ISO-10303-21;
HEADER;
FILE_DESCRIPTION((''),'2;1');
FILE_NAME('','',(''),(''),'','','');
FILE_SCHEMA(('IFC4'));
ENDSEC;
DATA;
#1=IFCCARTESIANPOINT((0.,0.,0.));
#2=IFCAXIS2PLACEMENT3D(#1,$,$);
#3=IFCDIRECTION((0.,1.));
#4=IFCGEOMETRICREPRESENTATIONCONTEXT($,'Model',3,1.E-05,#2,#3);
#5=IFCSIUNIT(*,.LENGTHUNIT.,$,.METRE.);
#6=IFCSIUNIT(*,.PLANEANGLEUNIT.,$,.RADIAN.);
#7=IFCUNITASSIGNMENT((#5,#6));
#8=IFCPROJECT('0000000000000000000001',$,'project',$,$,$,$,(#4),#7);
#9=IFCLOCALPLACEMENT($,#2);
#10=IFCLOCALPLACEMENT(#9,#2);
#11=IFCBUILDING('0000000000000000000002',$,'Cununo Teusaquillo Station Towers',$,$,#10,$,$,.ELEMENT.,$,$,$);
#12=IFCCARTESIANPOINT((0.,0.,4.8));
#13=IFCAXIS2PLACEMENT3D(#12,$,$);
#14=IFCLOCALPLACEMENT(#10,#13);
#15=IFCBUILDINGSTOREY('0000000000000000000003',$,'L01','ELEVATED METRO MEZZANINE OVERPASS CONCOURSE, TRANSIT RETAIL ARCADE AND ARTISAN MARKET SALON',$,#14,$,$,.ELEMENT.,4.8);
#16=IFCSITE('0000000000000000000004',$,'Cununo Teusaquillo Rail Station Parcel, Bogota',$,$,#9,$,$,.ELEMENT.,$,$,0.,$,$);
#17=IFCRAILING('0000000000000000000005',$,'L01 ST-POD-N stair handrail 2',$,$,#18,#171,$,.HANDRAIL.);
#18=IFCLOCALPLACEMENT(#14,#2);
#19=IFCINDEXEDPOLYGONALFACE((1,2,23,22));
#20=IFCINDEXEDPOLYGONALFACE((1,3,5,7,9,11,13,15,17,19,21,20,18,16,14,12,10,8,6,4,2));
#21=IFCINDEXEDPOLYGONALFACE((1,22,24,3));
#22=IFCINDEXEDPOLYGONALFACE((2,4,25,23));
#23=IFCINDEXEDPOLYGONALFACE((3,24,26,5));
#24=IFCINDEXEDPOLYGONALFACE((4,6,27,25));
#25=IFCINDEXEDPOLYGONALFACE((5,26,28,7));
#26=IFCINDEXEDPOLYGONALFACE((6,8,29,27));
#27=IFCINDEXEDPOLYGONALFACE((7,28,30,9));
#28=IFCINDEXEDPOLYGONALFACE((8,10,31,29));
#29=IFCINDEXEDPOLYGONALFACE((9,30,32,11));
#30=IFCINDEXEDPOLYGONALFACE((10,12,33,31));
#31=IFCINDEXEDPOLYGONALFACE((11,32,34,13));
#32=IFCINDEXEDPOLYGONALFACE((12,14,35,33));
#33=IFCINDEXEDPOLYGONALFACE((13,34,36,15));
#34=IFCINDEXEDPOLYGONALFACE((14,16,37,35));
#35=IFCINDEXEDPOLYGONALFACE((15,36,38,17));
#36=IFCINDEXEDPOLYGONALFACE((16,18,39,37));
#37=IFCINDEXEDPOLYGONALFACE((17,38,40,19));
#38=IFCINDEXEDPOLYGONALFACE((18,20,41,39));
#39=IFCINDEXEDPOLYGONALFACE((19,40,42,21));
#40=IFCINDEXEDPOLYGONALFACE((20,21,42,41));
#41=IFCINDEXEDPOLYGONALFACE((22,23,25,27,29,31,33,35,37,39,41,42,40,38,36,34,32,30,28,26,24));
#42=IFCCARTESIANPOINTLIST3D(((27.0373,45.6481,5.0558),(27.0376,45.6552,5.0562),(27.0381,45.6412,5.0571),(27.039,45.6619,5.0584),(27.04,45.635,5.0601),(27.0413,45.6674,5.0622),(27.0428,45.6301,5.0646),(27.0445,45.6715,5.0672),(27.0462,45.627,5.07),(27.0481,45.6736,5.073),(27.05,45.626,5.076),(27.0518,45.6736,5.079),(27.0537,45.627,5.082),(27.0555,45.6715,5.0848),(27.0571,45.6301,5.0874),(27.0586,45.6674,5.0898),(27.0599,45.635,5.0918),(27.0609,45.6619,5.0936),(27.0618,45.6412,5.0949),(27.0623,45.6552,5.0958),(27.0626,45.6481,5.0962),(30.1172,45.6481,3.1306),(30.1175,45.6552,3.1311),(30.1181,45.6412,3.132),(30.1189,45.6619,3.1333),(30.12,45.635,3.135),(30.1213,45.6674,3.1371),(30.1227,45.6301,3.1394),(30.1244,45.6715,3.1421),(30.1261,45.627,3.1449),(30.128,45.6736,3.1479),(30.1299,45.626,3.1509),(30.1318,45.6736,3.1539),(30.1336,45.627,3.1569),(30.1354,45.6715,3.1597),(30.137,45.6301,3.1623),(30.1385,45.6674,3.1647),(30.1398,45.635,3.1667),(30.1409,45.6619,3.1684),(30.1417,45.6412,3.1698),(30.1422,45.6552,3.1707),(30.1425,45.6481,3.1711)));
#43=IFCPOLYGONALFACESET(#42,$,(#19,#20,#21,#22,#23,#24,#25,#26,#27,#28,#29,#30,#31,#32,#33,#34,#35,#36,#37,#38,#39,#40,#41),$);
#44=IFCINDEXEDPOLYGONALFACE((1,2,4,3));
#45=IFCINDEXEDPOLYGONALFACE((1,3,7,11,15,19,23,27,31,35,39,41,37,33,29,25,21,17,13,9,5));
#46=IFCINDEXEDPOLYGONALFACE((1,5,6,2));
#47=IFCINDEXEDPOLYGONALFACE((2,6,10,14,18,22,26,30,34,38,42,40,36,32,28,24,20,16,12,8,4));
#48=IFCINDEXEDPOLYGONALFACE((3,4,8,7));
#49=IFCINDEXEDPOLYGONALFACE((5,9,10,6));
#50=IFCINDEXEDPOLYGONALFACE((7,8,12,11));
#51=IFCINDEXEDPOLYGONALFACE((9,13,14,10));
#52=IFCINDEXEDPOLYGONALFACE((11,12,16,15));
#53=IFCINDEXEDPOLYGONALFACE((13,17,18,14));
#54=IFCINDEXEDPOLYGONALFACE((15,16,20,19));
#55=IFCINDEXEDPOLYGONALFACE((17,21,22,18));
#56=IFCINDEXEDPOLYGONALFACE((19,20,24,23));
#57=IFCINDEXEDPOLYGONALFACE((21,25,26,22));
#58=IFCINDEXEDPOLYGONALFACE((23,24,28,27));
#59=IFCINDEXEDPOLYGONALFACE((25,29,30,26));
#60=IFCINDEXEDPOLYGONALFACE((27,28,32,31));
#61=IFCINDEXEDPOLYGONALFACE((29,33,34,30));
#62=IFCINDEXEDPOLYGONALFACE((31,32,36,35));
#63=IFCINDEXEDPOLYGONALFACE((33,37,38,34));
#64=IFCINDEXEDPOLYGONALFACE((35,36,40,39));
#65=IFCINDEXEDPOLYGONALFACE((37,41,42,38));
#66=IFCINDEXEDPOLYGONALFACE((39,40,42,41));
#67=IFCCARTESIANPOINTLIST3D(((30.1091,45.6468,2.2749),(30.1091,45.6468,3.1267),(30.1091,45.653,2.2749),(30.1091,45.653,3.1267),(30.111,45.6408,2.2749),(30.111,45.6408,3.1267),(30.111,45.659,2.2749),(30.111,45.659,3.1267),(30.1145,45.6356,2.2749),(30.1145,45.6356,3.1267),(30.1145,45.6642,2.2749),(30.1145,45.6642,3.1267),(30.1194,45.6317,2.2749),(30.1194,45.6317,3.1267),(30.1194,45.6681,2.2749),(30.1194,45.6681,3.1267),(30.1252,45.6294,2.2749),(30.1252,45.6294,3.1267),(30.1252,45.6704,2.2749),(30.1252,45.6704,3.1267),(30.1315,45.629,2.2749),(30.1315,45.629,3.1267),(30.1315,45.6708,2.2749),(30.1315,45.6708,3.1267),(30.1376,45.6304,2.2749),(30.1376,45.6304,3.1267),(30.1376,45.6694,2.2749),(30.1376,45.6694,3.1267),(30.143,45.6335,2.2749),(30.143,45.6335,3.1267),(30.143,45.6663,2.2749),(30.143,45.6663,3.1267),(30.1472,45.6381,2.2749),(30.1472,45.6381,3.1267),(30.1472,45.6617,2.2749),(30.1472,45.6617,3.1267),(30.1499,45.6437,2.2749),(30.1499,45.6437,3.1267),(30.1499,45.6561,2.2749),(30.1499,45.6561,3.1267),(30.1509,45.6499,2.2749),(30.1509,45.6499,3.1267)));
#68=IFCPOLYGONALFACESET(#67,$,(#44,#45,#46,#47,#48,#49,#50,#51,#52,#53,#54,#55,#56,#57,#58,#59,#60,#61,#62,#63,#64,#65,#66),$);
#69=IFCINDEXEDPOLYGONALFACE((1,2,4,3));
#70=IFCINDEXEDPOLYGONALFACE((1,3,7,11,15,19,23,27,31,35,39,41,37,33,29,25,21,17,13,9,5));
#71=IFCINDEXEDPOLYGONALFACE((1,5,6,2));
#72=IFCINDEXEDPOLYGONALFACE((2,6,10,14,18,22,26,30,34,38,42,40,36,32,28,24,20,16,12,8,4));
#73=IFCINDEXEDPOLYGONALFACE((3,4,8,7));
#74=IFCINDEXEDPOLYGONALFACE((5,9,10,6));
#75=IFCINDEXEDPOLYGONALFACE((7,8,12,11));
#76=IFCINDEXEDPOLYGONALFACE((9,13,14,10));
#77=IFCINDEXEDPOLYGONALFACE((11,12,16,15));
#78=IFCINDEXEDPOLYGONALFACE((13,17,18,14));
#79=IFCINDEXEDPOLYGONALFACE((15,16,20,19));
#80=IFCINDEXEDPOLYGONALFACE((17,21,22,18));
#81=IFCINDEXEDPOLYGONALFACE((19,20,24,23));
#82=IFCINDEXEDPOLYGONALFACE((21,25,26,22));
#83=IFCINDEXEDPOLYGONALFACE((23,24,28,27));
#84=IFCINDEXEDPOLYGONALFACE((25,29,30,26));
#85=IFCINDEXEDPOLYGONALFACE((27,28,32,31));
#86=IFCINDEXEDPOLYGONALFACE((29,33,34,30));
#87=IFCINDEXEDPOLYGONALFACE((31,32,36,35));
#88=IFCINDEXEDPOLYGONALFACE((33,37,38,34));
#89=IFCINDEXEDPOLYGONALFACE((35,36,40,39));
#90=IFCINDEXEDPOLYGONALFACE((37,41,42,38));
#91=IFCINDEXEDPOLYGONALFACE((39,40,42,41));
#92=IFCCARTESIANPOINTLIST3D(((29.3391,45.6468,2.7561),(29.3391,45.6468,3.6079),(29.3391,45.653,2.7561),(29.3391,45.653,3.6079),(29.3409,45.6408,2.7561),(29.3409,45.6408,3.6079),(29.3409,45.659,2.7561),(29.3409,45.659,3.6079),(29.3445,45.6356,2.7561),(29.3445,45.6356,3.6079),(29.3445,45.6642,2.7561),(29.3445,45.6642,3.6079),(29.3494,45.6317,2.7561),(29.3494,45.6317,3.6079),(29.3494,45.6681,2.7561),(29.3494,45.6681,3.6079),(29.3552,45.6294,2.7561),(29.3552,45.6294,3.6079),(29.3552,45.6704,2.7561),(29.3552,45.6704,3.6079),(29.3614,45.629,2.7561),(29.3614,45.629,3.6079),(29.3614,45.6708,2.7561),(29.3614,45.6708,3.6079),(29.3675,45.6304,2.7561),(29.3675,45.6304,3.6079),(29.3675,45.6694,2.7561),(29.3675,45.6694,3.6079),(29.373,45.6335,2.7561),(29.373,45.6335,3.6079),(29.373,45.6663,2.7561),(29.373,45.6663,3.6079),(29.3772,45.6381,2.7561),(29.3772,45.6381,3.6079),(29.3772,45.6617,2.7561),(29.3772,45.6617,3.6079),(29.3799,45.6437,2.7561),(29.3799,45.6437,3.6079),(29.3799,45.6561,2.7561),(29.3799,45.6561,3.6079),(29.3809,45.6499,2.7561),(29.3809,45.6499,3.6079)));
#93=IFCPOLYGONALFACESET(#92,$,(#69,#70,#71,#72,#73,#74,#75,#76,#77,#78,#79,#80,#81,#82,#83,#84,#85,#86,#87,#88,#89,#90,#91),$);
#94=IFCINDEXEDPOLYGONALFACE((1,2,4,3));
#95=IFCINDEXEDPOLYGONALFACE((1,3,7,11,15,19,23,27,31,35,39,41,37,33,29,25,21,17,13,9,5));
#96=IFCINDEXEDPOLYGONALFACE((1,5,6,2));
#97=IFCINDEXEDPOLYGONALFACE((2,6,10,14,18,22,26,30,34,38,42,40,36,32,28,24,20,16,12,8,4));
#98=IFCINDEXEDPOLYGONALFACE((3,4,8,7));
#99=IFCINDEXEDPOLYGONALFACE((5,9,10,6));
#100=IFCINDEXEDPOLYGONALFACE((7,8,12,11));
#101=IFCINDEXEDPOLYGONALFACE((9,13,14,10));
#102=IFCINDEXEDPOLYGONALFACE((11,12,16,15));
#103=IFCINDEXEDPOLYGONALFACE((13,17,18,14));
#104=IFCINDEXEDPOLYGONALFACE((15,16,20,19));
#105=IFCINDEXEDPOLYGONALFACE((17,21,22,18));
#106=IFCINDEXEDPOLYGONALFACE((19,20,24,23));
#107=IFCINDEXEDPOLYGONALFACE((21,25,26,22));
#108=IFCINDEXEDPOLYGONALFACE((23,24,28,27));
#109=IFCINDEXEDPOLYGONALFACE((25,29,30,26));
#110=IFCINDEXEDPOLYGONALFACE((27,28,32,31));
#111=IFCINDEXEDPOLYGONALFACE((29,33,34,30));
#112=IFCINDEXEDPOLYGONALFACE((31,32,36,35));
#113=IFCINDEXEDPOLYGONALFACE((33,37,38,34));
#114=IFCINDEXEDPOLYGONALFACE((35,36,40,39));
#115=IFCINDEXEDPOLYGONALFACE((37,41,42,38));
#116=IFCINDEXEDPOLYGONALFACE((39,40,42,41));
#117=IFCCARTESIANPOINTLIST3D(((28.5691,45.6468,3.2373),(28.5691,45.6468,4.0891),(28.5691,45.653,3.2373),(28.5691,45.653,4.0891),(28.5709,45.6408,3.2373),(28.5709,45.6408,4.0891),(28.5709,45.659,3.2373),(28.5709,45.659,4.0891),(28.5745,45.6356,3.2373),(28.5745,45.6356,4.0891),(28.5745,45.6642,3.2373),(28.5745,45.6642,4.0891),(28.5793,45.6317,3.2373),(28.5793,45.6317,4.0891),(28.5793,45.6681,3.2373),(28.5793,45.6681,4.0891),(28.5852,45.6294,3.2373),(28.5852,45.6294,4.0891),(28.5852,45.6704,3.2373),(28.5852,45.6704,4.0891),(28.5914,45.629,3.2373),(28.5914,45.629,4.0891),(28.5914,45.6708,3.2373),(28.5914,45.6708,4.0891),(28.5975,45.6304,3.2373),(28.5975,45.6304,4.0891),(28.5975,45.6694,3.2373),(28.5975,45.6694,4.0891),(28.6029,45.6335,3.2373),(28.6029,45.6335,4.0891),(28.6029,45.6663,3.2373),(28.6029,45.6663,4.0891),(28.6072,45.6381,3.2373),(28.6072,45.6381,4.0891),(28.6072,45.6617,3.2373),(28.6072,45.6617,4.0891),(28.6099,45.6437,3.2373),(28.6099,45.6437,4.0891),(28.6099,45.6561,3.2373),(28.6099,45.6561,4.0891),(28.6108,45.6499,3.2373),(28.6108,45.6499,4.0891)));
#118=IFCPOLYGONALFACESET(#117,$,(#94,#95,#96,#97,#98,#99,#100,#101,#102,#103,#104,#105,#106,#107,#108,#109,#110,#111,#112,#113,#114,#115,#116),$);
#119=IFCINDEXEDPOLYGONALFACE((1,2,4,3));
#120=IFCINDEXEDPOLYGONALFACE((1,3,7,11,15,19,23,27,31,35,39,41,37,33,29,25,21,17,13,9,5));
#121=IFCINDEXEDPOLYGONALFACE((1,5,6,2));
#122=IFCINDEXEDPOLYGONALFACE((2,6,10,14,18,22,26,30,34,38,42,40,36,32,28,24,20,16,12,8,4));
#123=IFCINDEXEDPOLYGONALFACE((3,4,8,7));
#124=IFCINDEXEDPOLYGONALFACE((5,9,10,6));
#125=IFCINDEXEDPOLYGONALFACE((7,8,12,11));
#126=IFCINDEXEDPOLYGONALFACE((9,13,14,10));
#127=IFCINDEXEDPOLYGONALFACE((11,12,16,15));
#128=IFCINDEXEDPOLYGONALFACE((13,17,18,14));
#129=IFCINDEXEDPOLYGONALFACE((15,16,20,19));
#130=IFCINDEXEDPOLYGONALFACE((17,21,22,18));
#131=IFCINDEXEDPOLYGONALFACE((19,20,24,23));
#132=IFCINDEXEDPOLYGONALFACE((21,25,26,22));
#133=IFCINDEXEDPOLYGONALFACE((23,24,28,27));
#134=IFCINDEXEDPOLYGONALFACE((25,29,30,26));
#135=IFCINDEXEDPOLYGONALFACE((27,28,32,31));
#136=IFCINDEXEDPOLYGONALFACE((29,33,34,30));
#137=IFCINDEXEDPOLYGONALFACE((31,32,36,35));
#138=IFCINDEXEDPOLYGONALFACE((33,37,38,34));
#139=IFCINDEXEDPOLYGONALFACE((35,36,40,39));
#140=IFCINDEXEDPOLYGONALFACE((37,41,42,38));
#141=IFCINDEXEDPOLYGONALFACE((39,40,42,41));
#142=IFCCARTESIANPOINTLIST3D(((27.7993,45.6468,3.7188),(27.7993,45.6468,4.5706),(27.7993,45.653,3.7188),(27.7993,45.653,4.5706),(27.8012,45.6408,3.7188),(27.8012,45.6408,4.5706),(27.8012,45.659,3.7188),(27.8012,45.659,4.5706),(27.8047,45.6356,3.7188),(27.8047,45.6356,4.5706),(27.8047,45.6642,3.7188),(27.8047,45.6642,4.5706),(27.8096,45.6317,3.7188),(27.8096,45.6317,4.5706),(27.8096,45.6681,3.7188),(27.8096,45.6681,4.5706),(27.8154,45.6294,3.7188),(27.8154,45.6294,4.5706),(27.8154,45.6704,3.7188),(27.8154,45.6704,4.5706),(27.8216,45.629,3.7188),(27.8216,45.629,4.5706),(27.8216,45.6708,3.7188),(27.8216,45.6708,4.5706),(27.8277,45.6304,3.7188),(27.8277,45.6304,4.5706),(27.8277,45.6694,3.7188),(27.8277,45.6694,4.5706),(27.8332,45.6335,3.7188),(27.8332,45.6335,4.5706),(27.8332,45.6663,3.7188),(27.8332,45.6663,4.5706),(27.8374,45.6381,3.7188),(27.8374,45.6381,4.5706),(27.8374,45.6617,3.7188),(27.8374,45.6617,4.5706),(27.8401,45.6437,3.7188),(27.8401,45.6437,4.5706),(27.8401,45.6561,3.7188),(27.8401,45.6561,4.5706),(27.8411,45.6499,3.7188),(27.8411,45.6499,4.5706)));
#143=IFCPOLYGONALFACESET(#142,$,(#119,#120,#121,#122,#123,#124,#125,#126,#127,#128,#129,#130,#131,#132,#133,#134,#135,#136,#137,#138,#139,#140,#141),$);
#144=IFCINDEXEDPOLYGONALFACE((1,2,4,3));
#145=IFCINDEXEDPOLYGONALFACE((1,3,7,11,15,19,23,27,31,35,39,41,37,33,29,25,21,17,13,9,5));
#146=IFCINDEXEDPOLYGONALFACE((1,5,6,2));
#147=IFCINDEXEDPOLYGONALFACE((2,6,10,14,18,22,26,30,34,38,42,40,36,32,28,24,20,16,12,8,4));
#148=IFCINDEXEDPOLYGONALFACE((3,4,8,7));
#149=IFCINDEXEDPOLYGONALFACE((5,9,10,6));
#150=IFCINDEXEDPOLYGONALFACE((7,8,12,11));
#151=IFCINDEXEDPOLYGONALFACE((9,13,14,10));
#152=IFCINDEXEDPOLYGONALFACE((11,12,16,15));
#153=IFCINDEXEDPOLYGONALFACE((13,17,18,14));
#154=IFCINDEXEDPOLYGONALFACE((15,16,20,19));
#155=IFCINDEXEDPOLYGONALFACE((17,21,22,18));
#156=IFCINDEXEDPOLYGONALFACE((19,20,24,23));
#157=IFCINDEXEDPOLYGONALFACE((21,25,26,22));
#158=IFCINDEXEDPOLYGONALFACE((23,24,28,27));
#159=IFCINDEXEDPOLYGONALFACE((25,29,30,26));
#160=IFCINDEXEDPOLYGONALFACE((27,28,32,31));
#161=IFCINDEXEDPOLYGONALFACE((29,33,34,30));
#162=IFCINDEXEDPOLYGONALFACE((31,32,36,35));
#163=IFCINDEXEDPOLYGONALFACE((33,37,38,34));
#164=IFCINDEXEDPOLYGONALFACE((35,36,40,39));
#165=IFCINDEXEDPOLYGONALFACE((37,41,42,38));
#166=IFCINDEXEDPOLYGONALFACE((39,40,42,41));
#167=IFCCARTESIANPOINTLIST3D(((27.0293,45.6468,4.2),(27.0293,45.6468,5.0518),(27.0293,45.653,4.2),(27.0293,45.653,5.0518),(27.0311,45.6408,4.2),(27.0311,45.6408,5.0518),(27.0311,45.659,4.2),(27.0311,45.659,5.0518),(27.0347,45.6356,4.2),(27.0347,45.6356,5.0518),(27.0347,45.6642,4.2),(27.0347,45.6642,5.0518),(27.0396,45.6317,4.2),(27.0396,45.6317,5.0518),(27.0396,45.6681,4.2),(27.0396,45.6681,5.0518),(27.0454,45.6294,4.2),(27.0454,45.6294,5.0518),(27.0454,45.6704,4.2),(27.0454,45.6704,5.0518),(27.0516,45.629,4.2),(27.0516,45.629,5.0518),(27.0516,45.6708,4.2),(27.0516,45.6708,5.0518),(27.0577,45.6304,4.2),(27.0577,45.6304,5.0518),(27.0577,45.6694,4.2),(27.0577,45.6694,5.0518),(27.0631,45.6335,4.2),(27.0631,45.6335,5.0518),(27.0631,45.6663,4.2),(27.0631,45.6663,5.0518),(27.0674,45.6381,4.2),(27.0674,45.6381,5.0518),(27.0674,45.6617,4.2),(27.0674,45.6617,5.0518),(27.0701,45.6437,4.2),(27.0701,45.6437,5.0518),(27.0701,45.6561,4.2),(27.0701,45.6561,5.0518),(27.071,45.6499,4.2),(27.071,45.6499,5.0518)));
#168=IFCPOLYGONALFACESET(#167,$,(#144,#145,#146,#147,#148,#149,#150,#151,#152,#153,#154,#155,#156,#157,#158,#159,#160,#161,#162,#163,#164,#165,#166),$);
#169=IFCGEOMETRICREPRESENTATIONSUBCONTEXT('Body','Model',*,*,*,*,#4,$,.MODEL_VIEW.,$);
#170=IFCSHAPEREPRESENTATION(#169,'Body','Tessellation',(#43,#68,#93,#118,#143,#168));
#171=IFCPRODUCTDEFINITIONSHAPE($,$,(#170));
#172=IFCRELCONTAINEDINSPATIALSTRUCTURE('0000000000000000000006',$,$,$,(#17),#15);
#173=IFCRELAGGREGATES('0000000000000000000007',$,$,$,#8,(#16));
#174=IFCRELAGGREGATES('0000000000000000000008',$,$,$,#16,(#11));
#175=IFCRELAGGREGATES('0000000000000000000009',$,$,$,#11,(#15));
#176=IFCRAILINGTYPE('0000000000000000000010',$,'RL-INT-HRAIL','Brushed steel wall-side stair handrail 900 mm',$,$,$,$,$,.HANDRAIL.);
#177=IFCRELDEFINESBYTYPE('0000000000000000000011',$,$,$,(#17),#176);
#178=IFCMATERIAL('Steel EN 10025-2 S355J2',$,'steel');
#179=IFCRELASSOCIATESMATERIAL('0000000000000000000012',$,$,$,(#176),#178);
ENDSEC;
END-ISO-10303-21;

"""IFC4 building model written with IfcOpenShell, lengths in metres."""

from ifc_helpers import new_model, si_unit, direction, frame, origin, origin_2d, place, context, subcontext, project, spatial, circle, extrude, material, type_object, element, save


model = new_model("IFC4")

# Units and contexts
model_context = context("Model", 3, precision=1e-05, world=origin(), true_north=direction((0.0, 1.0)))
body_context = subcontext(model_context, "Body", "Model", "MODEL_VIEW")
ifc_project = project(units=[si_unit("LENGTHUNIT", "METRE"), si_unit("PLANEANGLEUNIT", "RADIAN")], contexts=[model_context])

# Site, building, storey
site_placement = place(None, origin())
site = spatial("IfcSite", under=ifc_project, at=site_placement, Name="Cununo Teusaquillo Rail Station Parcel, Bogota", CompositionType="ELEMENT", RefElevation=0.0)
building_placement = place(site_placement, origin())
building = spatial("IfcBuilding", under=site, at=building_placement, Name="Cununo Teusaquillo Station Towers", CompositionType="ELEMENT")
storey_placement = place(building_placement, frame((0.0, 0.0, 4.8)))
storey = spatial("IfcBuildingStorey", under=building, at=storey_placement, Name="L01", Description="ELEVATED METRO MEZZANINE OVERPASS CONCOURSE, TRANSIT RETAIL ARCADE AND ARTISAN MARKET SALON", CompositionType="ELEMENT", Elevation=4.8)

# Railing
ifc_material_1 = material(Name="Steel EN 10025-2 S355J2", Category="steel")
railing_type_1 = type_object("IfcRailingType", Name="RL-INT-HRAIL", Description="Brushed steel wall-side stair handrail 900 mm", PredefinedType="HANDRAIL", material=ifc_material_1)
railing_1_placement = place(storey_placement, frame((30.1299, 45.6499, 2.2749)))
element("IfcRailing", 1, at=railing_1_placement, inside=storey, type_object=railing_type_1, Name="L01 ST-POD-N stair handrail 2", PredefinedType="HANDRAIL", context=body_context, shape_type="SweptSolid", body=[
    extrude(circle(Radius=0.0239, at=origin_2d()), frame((0.0, 0.0, 0.876), z_axis=(-0.847979, 0.0, 0.530029), x_axis=(0.0, -1.0, 0.0)), (0.0, 0.0, 1.0), 3.6321),
    extrude(circle(Radius=0.021, at=origin_2d()), origin(), (0.0, 0.0, 1.0), 0.8518),
    extrude(circle(Radius=0.021, at=origin_2d()), frame((-0.77, 0.0, 0.4812)), (0.0, 0.0, 1.0), 0.8518),
    extrude(circle(Radius=0.021, at=origin_2d()), frame((-1.54, 0.0, 0.9624)), (0.0, 0.0, 1.0), 0.8518),
    extrude(circle(Radius=0.021, at=origin_2d()), frame((-2.3098, 0.0, 1.4438)), (0.0, 0.0, 1.0), 0.8518),
    extrude(circle(Radius=0.021, at=origin_2d()), frame((-3.0798, 0.0, 1.925)), (0.0, 0.0, 1.0), 0.8518),
])

save(model, "model.ifc")
